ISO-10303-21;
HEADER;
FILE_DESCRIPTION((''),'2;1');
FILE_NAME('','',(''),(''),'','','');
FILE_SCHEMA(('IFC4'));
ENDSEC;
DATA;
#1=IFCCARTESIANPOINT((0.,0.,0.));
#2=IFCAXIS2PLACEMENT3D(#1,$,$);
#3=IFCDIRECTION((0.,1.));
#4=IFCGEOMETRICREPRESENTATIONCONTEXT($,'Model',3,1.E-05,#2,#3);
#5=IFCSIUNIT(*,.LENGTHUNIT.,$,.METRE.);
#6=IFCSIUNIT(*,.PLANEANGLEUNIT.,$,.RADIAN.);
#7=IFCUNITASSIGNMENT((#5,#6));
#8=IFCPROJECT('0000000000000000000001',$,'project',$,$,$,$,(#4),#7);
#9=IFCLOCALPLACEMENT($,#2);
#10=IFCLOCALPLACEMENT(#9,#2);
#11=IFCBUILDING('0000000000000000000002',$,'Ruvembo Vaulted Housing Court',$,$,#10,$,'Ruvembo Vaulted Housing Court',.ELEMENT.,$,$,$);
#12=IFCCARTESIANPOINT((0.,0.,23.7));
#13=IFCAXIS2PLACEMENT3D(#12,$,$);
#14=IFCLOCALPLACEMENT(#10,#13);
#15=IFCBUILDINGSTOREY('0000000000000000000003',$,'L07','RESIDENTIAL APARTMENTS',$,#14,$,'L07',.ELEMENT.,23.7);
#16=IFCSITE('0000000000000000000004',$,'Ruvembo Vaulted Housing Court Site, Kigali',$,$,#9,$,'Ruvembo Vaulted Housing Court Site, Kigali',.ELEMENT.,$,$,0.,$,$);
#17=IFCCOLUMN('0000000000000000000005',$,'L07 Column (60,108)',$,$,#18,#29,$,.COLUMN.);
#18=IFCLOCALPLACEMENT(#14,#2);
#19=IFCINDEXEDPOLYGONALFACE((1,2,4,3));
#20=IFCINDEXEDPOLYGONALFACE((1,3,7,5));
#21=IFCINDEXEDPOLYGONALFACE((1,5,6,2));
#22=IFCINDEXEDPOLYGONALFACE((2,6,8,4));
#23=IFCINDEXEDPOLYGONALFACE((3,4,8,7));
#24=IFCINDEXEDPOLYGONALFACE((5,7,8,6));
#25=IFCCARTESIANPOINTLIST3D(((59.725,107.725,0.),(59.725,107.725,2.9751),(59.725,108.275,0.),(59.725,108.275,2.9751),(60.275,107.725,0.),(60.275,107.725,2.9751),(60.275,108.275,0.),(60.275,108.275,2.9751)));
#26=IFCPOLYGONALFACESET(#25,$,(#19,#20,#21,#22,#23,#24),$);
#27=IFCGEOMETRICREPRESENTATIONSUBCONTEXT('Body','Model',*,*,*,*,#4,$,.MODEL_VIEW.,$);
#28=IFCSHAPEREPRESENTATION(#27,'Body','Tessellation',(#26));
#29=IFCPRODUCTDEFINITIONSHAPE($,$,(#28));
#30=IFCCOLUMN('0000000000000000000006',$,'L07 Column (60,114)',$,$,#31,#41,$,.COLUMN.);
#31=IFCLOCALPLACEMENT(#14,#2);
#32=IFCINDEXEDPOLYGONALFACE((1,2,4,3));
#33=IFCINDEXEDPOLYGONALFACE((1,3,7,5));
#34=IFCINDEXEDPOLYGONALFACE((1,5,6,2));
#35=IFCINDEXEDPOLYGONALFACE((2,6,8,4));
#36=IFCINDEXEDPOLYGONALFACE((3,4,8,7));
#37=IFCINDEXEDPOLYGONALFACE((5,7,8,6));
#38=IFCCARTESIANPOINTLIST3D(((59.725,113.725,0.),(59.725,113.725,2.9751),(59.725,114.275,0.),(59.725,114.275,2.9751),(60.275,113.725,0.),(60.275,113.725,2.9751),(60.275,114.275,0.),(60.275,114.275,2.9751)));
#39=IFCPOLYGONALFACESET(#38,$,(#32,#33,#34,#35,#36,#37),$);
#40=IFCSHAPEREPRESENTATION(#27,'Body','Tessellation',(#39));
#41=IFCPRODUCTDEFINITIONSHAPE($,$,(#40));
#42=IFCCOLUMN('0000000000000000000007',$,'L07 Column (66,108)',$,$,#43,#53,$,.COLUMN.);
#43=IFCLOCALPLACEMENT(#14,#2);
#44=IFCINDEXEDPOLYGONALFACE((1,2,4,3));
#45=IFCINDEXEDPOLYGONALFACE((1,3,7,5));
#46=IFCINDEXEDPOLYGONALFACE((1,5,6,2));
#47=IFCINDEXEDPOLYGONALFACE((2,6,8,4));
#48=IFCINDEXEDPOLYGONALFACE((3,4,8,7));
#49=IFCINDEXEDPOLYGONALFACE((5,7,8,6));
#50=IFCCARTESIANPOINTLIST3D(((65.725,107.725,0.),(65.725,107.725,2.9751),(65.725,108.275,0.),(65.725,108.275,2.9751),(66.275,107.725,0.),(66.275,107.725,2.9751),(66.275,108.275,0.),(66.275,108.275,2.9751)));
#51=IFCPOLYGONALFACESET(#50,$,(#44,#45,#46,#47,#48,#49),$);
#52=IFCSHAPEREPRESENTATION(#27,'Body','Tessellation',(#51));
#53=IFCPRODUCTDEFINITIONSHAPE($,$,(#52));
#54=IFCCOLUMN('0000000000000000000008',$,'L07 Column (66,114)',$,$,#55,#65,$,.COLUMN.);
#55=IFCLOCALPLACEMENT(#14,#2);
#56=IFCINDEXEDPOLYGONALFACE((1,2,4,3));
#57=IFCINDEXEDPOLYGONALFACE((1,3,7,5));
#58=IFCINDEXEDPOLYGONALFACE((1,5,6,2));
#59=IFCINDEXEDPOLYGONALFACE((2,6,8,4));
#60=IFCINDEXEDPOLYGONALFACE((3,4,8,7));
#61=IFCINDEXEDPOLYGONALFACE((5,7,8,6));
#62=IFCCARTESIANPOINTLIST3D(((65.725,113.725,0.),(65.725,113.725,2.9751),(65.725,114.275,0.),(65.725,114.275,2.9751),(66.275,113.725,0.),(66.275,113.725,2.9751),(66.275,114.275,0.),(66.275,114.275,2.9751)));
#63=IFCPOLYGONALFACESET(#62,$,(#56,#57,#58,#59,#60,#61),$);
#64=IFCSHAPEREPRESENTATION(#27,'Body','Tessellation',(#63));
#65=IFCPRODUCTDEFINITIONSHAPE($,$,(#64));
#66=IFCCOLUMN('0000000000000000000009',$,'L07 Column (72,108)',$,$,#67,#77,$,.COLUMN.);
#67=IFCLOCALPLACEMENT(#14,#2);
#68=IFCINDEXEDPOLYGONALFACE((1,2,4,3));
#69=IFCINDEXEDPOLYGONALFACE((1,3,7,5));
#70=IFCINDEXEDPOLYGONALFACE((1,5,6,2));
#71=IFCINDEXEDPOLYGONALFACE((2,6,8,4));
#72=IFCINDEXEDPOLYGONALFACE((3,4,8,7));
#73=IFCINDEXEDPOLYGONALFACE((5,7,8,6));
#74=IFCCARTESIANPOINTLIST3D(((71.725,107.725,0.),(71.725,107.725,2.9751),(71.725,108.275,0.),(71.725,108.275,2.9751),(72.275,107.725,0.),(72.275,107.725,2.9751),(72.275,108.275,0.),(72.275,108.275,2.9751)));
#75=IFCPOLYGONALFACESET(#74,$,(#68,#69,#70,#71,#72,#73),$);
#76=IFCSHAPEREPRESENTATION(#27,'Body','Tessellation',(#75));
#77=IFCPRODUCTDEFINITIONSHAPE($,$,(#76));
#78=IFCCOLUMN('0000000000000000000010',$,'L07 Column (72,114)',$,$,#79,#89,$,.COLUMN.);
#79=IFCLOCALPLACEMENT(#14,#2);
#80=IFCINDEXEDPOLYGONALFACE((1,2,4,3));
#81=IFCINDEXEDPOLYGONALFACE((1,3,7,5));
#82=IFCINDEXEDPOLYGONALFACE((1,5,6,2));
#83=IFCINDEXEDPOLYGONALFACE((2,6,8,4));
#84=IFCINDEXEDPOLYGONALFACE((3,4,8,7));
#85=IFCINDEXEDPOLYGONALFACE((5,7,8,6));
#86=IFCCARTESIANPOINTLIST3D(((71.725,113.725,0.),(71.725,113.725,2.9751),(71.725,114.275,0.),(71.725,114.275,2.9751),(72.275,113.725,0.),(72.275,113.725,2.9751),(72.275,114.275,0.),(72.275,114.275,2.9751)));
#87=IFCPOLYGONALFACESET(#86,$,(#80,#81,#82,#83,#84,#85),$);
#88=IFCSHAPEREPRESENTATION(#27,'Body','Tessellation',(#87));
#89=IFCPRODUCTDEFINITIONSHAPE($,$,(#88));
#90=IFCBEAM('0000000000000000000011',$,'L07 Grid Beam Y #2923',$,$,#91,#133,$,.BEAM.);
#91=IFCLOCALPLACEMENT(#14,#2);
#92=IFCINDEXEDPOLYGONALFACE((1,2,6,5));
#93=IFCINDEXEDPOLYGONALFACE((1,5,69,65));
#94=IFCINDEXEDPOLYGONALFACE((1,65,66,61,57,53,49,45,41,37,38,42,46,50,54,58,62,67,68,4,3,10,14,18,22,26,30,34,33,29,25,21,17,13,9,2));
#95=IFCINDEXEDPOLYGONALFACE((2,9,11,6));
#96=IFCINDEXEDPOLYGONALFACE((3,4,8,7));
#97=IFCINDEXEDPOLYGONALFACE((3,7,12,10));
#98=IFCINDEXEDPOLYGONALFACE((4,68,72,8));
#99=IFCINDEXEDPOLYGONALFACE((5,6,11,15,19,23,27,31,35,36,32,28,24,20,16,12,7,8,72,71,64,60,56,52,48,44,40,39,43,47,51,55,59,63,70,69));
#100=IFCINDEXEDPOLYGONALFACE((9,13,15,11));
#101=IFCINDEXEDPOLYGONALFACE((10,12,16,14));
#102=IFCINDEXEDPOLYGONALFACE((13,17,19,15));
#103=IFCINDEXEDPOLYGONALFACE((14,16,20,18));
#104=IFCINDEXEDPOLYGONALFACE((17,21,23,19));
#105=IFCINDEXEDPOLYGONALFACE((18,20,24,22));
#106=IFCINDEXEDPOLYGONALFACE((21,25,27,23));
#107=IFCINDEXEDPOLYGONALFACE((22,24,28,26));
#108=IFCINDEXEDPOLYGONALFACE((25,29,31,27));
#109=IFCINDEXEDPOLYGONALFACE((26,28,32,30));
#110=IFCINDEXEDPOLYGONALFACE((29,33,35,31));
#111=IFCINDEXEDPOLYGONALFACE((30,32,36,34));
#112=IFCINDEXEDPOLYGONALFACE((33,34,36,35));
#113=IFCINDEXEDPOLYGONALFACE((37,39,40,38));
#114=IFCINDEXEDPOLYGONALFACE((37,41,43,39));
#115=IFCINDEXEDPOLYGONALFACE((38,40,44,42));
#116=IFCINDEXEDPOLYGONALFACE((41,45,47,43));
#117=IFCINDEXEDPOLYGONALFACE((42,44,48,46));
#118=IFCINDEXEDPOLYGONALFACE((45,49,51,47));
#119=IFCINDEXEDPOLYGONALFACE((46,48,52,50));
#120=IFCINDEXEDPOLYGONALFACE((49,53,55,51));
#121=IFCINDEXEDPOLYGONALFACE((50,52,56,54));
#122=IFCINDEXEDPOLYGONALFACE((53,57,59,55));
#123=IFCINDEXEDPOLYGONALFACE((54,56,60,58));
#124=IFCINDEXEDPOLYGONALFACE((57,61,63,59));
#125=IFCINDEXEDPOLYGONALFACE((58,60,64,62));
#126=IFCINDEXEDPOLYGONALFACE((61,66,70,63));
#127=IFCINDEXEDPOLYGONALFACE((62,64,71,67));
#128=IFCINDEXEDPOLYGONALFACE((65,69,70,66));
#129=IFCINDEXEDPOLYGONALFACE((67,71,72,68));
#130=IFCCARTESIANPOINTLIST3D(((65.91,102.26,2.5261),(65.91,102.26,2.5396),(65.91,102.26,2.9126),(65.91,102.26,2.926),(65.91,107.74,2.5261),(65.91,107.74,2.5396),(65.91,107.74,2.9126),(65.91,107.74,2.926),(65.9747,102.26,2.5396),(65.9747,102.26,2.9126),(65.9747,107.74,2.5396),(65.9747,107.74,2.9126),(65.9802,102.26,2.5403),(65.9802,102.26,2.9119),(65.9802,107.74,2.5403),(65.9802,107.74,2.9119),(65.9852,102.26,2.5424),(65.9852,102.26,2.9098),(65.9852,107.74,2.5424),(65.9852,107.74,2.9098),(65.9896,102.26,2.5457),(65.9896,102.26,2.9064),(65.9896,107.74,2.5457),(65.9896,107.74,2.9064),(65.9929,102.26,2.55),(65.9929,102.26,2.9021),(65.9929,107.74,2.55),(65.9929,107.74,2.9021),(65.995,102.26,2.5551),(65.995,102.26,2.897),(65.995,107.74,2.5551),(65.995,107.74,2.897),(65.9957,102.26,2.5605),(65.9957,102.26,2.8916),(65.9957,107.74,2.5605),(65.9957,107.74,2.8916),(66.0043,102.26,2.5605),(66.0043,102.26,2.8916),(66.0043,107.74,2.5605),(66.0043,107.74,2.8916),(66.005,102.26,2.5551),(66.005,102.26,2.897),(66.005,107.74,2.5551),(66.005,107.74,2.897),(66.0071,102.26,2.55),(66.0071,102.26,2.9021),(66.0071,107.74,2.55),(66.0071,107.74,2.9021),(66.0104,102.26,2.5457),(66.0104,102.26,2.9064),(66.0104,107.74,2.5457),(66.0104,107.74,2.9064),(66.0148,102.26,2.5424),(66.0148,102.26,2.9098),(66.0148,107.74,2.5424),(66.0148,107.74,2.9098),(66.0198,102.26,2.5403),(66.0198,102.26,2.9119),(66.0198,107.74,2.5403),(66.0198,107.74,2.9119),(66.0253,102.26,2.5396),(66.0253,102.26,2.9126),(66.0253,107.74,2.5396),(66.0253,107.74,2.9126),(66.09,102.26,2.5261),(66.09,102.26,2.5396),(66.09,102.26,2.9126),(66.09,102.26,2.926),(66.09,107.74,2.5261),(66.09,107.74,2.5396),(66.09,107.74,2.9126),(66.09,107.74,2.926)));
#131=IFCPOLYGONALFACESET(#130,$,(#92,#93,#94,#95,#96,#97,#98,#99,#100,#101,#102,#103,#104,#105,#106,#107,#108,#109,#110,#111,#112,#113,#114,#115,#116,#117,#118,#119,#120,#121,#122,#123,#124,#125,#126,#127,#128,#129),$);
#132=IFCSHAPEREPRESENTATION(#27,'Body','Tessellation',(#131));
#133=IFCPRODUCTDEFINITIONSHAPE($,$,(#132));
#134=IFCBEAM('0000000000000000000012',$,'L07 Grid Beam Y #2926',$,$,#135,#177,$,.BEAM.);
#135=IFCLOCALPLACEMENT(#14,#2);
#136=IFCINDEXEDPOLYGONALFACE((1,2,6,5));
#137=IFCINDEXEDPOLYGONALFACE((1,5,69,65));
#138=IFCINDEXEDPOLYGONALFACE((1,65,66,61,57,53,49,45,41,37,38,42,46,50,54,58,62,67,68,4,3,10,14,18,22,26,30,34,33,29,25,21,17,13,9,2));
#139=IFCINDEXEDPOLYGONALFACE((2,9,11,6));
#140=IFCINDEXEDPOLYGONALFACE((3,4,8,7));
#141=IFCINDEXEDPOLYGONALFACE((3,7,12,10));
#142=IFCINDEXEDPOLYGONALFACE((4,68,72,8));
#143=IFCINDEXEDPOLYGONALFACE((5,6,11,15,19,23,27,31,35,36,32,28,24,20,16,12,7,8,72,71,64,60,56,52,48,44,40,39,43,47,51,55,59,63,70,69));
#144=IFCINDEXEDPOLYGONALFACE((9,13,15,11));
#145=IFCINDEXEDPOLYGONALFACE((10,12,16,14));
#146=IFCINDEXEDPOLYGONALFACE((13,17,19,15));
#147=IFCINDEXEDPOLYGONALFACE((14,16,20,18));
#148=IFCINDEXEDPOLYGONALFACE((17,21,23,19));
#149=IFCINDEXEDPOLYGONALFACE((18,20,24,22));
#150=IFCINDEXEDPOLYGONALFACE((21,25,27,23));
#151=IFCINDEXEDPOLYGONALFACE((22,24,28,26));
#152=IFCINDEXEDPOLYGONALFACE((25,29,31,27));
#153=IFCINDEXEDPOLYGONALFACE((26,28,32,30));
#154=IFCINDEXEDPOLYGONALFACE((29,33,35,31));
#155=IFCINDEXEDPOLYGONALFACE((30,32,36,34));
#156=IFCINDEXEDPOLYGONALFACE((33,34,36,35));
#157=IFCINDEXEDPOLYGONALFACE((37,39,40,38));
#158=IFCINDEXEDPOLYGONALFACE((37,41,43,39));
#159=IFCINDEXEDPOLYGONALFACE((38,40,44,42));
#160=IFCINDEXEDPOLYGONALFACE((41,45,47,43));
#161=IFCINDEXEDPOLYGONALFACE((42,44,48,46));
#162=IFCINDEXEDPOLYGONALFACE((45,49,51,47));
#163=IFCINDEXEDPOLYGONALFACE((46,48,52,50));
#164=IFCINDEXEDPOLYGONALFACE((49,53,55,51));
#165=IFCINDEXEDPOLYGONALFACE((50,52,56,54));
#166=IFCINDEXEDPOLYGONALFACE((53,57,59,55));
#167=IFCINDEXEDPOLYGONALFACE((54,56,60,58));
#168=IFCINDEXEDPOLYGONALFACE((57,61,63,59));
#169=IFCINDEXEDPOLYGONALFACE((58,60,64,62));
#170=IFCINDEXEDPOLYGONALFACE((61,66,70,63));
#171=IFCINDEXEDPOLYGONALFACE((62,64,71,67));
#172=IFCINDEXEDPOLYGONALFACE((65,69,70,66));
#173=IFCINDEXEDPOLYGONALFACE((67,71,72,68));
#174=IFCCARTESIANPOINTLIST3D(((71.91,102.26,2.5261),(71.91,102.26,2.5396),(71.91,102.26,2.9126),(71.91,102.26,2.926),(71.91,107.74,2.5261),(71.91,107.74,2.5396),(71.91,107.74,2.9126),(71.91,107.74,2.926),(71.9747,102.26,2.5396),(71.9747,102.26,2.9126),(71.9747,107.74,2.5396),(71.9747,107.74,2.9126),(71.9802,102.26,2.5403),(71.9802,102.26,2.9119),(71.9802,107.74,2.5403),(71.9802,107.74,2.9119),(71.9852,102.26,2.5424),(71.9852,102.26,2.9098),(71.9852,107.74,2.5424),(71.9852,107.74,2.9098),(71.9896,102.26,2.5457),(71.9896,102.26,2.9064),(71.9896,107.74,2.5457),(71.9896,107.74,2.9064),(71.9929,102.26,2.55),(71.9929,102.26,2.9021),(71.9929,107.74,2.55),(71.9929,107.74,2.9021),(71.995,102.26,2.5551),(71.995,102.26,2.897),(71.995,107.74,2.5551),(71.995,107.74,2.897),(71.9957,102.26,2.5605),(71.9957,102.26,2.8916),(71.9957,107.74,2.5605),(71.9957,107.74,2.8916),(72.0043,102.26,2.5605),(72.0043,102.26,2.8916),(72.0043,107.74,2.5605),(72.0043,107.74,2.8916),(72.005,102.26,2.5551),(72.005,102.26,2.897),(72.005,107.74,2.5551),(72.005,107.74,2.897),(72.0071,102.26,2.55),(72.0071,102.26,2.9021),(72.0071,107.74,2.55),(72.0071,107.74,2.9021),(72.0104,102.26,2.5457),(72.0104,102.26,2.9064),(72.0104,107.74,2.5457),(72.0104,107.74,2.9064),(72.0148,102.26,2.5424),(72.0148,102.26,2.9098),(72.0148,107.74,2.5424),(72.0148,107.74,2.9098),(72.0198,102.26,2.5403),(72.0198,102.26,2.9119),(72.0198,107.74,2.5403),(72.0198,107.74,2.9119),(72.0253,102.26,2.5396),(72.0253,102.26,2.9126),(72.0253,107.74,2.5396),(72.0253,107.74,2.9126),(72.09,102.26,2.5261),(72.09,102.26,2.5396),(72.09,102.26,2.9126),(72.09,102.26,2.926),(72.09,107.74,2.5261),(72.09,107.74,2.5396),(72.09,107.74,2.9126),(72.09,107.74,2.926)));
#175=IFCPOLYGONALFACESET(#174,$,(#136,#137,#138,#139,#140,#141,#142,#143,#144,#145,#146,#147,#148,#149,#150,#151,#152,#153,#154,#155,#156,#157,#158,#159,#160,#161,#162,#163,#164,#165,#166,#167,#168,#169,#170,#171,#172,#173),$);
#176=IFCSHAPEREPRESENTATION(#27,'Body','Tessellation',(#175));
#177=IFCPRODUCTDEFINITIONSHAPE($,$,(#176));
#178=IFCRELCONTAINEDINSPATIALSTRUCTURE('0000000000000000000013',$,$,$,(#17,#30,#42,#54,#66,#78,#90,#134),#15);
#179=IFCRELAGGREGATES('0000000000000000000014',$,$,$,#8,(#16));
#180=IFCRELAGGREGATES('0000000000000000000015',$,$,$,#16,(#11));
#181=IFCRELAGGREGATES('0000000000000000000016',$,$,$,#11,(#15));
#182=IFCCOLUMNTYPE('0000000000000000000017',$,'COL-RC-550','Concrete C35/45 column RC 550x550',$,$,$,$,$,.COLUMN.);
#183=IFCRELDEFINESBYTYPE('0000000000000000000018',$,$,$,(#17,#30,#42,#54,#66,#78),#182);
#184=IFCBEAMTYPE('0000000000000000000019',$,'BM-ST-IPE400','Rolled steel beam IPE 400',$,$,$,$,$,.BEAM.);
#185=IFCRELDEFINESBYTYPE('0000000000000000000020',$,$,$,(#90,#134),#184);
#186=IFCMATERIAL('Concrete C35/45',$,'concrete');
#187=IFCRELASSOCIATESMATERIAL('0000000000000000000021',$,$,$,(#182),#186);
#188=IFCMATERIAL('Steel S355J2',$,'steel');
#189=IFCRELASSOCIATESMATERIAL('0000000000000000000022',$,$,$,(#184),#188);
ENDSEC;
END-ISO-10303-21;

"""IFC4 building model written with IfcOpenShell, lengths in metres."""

from ifc_helpers import new_model, si_unit, direction, frame, origin, origin_2d, place, context, subcontext, project, spatial, rectangle, i_section, extrude, material, material_profile, profile_set, type_object, element, save


model = new_model("IFC4")

# Units and contexts
model_context = context("Model", 3, precision=1e-05, world=origin(), true_north=direction((0.0, 1.0)))
body_context = subcontext(model_context, "Body", "Model", "MODEL_VIEW")
ifc_project = project(units=[si_unit("LENGTHUNIT", "METRE"), si_unit("PLANEANGLEUNIT", "RADIAN")], contexts=[model_context])

# Site, building, storey
site_placement = place(None, origin())
site = spatial("IfcSite", under=ifc_project, at=site_placement, Name="Ruvembo Vaulted Housing Court Site, Kigali", LongName="Ruvembo Vaulted Housing Court Site, Kigali", CompositionType="ELEMENT", RefElevation=0.0)
building_placement = place(site_placement, origin())
building = spatial("IfcBuilding", under=site, at=building_placement, Name="Ruvembo Vaulted Housing Court", LongName="Ruvembo Vaulted Housing Court", CompositionType="ELEMENT")
storey_placement = place(building_placement, frame((0.0, 0.0, 23.7)))
storey = spatial("IfcBuildingStorey", under=building, at=storey_placement, Name="L07", Description="RESIDENTIAL APARTMENTS", LongName="L07", CompositionType="ELEMENT", Elevation=23.7)

# Columns
ifc_material_1 = material(Name="Concrete C35/45", Category="concrete")
ifc_material_profile_1 = material_profile(ifc_material_1, rectangle(XDim=0.55, YDim=0.55, at=origin_2d()), Name="RC 550x550")
ifc_profile_set_1 = profile_set([ifc_material_profile_1], Name="Concrete C35/45")
column_type = type_object("IfcColumnType", Name="COL-RC-550", Description="Concrete C35/45 column RC 550x550", PredefinedType="COLUMN", material=ifc_profile_set_1)
for number, where, z_axis, x_axis, name in (
    (1, (60.0, 108.0, 0.0), (0.0, 0.0, 1.0), (1.0, 0.0, 0.0), "L07 Column (60,108)"),
    (2, (60.0, 114.0, 0.0), (0.0, 0.0, 1.0), (1.0, 0.0, 0.0), "L07 Column (60,114)"),
    (3, (66.0, 108.0, 0.0), (0.0, 0.0, 1.0), (1.0, 0.0, 0.0), "L07 Column (66,108)"),
    (4, (66.0, 114.0, 0.0), (0.0, 0.0, 1.0), (1.0, 0.0, 0.0), "L07 Column (66,114)"),
    (5, (72.0, 108.0, 0.0), (0.0, 0.0, 1.0), (1.0, 0.0, 0.0), "L07 Column (72,108)"),
    (6, (72.0, 114.0, 0.0), (0.0, 0.0, 1.0), (1.0, 0.0, 0.0), "L07 Column (72,114)"),
):
    element("IfcColumn", number, at=place(storey_placement, frame(where, z_axis=z_axis, x_axis=x_axis)), inside=storey, type_object=column_type, Name=name, PredefinedType="COLUMN", context=body_context, shape_type="SweptSolid", body=[
        extrude(rectangle(XDim=0.55, YDim=0.55, at=origin_2d()), origin(), (0.0, 0.0, 1.0), 2.9751),
    ])

# Beams
ifc_material_2 = material(Name="Steel S355J2", Category="steel")
ifc_material_profile_2 = material_profile(ifc_material_2, i_section(OverallWidth=0.1799, OverallDepth=0.3999, WebThickness=0.0085, FlangeThickness=0.0134, FilletRadius=0.021, at=origin_2d()), Name="IPE 400")
ifc_profile_set_2 = profile_set([ifc_material_profile_2], Name="Steel S355J2")
beam_type_1 = type_object("IfcBeamType", Name="BM-ST-IPE400", Description="Rolled steel beam IPE 400", PredefinedType="BEAM", material=ifc_profile_set_2)
for number, where, z_axis, x_axis, name in (
    (7, (66.0, 102.26, 2.7261), (0.0, 1.0, 0.0), (-1.0, 0.0, 0.0), "L07 Grid Beam Y #2923"),
    (8, (72.0, 102.26, 2.7261), (0.0, 1.0, 0.0), (-1.0, 0.0, 0.0), "L07 Grid Beam Y #2926"),
):
    element("IfcBeam", number, at=place(storey_placement, frame(where, z_axis=z_axis, x_axis=x_axis)), inside=storey, type_object=beam_type_1, Name=name, PredefinedType="BEAM", context=body_context, shape_type="SweptSolid", body=[
        extrude(i_section(OverallWidth=0.1799, OverallDepth=0.3999, WebThickness=0.0085, FlangeThickness=0.0134, FilletRadius=0.021, at=origin_2d()), origin(), (0.0, 0.0, 1.0), 5.48),
    ])

save(model, "model.ifc")
